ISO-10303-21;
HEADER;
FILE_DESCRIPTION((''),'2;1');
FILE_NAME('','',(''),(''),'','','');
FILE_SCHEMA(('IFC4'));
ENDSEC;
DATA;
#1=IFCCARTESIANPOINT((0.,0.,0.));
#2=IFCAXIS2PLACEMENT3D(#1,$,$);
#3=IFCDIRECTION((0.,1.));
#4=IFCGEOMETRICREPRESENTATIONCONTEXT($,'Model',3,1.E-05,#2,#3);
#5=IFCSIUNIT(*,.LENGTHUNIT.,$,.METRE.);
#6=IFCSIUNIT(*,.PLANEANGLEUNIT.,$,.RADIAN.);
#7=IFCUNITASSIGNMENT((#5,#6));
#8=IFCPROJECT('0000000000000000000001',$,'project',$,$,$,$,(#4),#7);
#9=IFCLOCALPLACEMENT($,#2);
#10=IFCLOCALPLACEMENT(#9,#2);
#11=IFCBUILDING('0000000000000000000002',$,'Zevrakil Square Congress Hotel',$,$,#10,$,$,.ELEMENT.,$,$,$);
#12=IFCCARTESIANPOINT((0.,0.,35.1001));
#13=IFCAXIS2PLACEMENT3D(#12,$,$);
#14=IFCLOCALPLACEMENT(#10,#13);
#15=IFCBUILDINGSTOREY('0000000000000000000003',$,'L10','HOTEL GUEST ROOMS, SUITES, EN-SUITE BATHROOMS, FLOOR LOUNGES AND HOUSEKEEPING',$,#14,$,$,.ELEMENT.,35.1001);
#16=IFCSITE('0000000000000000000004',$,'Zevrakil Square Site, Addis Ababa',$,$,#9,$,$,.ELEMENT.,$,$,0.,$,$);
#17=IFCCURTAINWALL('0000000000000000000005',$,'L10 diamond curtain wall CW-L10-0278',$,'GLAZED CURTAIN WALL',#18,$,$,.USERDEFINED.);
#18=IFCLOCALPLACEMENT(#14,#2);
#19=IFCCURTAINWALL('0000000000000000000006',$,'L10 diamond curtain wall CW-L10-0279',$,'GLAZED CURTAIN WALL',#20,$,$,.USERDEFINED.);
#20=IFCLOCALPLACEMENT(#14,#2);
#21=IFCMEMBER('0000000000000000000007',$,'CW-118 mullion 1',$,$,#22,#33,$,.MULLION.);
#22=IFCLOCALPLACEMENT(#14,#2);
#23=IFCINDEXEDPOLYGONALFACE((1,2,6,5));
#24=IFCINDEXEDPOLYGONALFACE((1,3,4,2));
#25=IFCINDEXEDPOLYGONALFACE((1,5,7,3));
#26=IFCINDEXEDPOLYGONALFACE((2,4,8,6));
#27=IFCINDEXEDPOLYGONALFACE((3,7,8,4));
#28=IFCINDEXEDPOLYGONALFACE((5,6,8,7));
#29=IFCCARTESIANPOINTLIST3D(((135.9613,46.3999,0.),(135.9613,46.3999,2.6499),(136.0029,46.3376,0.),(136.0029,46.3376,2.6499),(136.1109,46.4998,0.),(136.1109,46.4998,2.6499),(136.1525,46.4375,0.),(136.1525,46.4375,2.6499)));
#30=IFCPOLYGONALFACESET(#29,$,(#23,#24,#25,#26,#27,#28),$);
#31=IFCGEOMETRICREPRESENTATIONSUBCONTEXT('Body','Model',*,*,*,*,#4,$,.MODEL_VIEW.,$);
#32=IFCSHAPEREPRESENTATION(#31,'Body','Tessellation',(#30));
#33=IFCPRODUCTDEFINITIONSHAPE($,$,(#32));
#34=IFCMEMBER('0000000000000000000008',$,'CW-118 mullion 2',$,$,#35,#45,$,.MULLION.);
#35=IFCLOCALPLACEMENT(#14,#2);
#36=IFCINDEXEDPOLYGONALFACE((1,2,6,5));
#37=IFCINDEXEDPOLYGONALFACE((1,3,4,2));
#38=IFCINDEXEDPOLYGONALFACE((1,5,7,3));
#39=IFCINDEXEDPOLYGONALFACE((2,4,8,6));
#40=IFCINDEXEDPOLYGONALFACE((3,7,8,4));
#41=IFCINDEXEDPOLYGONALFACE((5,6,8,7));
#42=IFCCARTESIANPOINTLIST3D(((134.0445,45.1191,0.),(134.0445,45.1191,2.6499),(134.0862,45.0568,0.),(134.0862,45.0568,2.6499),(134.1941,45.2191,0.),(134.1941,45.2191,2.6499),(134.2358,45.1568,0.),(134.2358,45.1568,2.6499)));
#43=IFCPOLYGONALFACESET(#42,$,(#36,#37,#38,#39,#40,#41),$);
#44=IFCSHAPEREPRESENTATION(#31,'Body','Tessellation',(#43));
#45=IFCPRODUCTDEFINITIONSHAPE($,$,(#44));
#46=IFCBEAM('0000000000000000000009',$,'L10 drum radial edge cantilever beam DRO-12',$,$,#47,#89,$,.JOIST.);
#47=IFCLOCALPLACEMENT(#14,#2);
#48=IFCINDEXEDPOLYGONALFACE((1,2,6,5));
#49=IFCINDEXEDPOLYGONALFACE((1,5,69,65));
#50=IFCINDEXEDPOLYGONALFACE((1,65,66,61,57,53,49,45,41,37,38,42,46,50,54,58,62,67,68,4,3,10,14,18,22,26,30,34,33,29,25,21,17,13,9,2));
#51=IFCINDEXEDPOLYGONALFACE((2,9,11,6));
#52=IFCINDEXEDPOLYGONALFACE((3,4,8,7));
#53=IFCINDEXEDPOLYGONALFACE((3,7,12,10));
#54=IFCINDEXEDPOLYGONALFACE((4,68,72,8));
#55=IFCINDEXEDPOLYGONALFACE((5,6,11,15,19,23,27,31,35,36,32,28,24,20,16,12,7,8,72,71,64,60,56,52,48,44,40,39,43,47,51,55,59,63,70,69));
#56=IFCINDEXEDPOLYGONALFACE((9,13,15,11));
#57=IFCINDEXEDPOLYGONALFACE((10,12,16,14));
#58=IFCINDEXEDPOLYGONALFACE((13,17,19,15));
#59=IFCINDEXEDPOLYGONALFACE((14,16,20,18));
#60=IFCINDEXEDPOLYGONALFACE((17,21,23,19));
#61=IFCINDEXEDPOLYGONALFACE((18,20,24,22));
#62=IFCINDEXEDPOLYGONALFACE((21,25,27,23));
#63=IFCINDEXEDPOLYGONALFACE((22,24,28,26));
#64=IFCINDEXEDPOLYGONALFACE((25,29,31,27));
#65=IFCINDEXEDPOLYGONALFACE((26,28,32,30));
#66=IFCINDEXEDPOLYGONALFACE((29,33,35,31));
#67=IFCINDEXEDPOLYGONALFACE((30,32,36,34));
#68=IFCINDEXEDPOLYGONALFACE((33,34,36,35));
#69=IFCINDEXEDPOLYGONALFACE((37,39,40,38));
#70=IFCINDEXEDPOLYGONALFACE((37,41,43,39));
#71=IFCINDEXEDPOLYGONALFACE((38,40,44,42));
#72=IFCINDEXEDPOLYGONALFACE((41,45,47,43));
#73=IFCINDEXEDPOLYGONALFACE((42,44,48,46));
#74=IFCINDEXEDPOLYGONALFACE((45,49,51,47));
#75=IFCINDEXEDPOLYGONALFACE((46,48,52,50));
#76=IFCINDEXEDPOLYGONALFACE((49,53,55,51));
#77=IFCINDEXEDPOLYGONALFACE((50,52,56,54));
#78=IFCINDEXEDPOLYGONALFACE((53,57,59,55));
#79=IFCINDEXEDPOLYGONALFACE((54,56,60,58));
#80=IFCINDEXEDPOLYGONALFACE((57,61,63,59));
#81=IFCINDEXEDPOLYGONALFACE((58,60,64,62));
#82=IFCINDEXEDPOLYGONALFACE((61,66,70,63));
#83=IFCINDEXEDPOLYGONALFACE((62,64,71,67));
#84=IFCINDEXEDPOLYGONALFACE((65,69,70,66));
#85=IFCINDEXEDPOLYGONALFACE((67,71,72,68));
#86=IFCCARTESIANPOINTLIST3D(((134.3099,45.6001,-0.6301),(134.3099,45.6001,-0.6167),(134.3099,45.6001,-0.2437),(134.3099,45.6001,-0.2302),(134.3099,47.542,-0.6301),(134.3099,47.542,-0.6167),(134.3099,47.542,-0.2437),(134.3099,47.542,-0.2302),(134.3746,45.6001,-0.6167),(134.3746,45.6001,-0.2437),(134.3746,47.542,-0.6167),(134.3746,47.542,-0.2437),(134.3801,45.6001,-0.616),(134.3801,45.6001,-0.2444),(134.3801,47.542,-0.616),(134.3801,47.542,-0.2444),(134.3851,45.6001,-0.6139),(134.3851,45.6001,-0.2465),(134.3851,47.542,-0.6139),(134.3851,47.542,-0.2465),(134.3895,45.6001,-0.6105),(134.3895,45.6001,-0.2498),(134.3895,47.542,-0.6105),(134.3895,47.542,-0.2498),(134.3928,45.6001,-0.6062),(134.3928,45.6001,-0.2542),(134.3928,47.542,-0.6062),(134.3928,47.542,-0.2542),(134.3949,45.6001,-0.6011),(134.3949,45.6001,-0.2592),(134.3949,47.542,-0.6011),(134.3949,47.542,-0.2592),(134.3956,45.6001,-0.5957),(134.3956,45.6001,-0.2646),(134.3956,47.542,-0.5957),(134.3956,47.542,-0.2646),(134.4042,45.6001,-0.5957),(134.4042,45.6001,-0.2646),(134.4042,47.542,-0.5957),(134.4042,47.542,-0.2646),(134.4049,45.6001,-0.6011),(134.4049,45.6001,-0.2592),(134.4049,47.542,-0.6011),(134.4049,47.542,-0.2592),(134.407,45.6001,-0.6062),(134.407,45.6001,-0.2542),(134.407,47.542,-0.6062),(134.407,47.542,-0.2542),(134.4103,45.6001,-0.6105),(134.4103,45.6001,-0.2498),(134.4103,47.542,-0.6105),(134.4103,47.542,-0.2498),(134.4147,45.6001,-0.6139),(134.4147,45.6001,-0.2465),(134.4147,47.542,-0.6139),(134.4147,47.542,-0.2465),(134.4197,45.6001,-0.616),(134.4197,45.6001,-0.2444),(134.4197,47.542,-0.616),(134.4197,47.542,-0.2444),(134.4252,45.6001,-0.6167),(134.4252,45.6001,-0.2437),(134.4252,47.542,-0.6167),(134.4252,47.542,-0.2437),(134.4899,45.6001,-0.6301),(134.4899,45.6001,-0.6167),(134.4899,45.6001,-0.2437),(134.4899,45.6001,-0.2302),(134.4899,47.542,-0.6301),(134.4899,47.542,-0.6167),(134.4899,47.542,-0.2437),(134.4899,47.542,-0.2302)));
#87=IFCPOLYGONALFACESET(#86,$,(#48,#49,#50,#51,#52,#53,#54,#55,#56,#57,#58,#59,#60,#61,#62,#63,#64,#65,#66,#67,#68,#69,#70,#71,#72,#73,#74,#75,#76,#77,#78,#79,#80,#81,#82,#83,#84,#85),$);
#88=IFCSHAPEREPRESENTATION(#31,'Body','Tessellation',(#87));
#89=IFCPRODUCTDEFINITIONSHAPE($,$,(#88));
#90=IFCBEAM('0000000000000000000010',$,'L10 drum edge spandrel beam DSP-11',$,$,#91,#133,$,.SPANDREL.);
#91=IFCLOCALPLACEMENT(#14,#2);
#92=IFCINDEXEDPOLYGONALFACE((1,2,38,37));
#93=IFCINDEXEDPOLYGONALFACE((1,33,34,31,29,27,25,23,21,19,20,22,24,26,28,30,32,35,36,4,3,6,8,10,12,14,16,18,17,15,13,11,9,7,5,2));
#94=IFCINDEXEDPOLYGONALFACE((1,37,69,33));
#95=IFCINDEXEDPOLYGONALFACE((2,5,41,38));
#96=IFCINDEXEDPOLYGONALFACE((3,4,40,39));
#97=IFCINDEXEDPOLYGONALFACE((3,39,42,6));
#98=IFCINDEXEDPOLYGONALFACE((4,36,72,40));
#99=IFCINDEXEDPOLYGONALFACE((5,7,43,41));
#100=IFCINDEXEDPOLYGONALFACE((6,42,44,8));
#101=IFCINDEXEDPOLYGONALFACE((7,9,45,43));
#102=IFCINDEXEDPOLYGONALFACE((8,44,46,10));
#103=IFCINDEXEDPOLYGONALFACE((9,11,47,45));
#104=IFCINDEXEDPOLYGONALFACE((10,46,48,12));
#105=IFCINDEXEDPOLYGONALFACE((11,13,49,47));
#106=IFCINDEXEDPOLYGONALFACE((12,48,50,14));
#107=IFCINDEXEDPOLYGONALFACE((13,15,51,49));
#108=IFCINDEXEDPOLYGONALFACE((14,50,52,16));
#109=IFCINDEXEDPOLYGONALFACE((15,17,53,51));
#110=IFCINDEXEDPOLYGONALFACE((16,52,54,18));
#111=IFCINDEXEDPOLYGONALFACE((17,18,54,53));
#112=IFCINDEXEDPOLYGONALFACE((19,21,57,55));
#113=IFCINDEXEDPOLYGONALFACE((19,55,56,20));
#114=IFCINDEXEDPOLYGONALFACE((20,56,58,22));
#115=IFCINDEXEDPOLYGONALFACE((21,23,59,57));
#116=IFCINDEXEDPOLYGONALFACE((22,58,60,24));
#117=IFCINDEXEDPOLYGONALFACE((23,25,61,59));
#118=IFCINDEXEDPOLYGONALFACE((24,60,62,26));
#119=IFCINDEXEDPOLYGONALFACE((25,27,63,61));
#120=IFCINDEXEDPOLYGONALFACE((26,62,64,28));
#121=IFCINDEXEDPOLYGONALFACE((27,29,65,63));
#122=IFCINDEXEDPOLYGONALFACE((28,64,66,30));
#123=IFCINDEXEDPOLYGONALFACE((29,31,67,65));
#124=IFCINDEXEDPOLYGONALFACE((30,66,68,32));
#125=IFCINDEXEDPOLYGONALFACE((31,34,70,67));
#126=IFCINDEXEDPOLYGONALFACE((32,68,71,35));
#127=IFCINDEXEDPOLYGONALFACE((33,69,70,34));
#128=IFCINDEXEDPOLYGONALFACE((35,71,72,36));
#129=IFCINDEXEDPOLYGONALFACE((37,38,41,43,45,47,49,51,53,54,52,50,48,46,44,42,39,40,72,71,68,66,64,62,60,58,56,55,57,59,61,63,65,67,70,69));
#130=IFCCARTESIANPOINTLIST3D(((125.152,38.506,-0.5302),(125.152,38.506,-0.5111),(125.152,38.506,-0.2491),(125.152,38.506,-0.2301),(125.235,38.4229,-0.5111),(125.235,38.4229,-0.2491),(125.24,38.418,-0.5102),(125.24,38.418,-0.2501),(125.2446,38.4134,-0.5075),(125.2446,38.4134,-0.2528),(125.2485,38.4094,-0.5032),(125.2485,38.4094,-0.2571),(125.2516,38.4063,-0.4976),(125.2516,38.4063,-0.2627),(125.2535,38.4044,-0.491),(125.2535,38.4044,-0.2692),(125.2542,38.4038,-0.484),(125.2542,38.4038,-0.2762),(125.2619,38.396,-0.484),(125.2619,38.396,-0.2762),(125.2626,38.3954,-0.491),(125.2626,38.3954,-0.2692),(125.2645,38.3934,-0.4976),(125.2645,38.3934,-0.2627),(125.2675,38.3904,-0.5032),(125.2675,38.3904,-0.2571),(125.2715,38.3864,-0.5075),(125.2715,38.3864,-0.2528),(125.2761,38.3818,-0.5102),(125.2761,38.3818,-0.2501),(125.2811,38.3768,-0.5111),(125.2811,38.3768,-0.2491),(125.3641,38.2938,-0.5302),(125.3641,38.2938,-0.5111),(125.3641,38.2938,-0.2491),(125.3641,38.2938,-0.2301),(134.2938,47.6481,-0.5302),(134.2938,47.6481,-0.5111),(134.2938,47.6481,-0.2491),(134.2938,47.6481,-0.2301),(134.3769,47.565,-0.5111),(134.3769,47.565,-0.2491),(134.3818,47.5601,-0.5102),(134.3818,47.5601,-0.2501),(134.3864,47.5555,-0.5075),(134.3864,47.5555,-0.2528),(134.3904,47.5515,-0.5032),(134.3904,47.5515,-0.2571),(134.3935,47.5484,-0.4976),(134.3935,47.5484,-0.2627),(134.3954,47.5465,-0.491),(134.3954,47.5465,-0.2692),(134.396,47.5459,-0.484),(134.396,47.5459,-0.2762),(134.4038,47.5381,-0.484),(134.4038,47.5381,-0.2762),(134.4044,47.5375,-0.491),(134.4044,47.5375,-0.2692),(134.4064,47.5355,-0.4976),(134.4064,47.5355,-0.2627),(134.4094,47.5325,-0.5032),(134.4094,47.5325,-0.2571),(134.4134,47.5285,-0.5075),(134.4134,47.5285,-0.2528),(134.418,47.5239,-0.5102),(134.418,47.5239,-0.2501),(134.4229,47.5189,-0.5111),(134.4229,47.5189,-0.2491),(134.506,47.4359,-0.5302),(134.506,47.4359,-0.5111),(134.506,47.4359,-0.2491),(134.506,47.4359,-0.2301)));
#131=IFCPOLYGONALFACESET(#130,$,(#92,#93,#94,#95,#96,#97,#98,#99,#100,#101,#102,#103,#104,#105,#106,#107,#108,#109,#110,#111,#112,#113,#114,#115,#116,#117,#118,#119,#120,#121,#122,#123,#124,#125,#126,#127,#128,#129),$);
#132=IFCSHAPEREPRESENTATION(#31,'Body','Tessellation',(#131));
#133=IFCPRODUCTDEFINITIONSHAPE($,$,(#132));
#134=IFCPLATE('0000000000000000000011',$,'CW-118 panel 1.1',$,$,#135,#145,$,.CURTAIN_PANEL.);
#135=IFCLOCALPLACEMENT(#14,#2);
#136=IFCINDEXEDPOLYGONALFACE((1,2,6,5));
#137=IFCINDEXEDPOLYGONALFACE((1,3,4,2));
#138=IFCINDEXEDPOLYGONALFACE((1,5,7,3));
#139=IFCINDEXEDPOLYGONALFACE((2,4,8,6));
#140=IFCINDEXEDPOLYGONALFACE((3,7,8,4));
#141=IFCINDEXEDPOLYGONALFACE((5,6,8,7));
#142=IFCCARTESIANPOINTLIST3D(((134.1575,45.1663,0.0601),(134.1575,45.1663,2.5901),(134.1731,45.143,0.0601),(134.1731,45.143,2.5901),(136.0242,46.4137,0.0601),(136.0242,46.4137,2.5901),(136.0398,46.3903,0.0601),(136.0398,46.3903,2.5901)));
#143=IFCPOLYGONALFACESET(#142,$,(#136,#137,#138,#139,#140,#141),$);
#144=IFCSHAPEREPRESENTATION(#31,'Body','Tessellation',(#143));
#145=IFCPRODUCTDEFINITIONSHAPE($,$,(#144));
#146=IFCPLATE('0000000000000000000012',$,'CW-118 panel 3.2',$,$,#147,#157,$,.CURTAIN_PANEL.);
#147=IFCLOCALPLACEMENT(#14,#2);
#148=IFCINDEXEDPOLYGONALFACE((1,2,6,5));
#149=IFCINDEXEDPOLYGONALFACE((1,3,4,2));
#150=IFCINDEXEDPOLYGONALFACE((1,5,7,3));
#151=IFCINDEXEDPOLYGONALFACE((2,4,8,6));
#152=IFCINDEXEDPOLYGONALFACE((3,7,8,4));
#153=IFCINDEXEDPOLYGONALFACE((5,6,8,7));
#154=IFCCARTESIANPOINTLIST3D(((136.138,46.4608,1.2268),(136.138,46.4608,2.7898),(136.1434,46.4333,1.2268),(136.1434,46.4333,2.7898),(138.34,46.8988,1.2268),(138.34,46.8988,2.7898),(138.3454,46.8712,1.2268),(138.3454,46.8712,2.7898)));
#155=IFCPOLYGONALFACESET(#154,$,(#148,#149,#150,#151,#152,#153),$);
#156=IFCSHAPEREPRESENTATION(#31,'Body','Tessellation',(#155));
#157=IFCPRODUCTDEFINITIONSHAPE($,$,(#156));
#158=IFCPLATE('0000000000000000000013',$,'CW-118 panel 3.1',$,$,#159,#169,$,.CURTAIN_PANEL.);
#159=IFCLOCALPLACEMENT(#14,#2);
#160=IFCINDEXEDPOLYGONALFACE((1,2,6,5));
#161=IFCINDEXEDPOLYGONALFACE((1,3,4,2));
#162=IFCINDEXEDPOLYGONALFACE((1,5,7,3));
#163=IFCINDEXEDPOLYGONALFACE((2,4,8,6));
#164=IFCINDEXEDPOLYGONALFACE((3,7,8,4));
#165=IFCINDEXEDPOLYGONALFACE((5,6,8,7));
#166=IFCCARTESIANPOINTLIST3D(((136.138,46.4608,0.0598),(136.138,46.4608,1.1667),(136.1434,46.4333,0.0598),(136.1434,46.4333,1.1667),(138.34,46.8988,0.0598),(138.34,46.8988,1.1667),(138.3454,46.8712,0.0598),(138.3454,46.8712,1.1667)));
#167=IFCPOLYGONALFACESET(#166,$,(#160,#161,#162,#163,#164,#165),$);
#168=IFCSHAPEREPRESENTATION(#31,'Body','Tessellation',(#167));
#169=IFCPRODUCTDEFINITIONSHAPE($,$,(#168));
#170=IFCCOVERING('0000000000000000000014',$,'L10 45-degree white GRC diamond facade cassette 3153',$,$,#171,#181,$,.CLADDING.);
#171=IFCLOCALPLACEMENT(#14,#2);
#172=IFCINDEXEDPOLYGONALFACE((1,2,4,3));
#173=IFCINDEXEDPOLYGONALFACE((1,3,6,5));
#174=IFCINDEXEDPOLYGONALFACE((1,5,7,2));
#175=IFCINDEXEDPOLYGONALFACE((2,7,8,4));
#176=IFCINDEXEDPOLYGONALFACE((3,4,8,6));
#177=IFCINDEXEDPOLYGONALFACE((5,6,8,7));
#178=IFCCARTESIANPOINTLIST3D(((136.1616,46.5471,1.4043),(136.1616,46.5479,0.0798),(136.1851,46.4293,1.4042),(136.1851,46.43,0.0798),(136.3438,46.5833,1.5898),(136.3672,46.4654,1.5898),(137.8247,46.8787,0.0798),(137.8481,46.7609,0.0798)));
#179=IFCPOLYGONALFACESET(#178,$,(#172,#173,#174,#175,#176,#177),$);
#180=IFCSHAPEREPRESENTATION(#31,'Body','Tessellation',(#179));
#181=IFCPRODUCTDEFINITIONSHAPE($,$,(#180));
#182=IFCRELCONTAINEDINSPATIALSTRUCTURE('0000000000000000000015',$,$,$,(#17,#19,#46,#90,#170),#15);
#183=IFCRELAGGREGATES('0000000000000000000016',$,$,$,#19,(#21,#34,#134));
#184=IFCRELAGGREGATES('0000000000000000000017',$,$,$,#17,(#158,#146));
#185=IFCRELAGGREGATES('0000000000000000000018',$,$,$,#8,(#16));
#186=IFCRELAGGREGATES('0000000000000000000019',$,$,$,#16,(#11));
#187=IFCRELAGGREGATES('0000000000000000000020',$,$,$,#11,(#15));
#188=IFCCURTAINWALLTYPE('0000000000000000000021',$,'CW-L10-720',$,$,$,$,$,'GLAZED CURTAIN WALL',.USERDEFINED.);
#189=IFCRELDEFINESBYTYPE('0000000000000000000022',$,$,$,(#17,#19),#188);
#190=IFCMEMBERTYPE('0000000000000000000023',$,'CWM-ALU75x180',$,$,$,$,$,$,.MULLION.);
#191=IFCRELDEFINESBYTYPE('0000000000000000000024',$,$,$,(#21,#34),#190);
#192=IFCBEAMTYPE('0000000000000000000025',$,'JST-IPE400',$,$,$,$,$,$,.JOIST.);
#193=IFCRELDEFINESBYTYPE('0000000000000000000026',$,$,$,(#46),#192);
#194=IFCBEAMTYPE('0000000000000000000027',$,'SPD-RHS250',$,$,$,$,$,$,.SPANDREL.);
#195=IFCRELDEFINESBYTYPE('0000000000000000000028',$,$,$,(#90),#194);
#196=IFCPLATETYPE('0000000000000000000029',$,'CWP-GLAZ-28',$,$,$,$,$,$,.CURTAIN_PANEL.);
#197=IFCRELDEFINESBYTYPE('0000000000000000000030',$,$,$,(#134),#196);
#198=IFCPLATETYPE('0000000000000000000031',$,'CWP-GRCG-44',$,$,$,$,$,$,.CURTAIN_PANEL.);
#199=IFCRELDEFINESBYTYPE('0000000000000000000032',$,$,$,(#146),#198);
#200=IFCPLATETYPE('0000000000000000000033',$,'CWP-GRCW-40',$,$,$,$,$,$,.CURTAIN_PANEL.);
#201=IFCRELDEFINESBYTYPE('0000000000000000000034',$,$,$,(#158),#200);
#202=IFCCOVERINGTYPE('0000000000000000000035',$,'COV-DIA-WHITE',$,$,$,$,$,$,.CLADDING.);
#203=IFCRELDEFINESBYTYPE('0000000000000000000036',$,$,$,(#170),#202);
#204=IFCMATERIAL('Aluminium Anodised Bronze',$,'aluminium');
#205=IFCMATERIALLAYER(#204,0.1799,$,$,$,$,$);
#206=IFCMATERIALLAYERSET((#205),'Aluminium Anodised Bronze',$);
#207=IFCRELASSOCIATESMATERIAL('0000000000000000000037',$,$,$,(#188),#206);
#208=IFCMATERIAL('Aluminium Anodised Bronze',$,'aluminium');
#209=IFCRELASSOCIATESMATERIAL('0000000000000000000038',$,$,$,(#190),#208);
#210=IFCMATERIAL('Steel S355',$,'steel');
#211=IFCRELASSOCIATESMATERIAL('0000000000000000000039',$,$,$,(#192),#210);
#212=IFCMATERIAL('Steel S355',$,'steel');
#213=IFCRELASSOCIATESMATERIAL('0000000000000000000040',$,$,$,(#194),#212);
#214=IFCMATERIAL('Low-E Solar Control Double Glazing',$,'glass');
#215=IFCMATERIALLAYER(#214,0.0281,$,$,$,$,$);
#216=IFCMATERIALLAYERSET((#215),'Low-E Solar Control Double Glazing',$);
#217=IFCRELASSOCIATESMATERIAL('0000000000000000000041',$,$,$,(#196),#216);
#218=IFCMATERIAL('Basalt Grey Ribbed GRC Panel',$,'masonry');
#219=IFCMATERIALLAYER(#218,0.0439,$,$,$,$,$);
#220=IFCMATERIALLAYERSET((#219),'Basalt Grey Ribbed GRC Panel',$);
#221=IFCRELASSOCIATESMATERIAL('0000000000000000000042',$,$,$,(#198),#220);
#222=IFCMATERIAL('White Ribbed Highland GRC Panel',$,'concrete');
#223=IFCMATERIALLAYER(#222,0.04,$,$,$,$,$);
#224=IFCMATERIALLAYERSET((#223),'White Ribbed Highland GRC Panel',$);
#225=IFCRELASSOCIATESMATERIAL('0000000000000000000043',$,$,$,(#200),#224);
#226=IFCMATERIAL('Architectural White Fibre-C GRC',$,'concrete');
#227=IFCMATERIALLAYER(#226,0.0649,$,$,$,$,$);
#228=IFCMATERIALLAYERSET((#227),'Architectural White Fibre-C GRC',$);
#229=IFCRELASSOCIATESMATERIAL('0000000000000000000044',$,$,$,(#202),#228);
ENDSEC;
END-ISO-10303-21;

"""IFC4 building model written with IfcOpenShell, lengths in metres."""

from ifc_helpers import new_model, si_unit, direction, frame, origin, origin_2d, place, context, subcontext, project, spatial, polyline, rectangle, i_section, outline, extrude, material, layer, layer_set, material_profile, profile_set, type_object, element, aggregate, save


model = new_model("IFC4")

# Units and contexts
model_context = context("Model", 3, precision=1e-05, world=origin(), true_north=direction((0.0, 1.0)))
body_context = subcontext(model_context, "Body", "Model", "MODEL_VIEW")
ifc_project = project(units=[si_unit("LENGTHUNIT", "METRE"), si_unit("PLANEANGLEUNIT", "RADIAN")], contexts=[model_context])

# Site, building, storey
site_placement = place(None, origin())
site = spatial("IfcSite", under=ifc_project, at=site_placement, Name="Zevrakil Square Site, Addis Ababa", CompositionType="ELEMENT", RefElevation=0.0)
building_placement = place(site_placement, origin())
building = spatial("IfcBuilding", under=site, at=building_placement, Name="Zevrakil Square Congress Hotel", CompositionType="ELEMENT")
storey_placement = place(building_placement, frame((0.0, 0.0, 35.1001)))
storey = spatial("IfcBuildingStorey", under=building, at=storey_placement, Name="L10", Description="HOTEL GUEST ROOMS, SUITES, EN-SUITE BATHROOMS, FLOOR LOUNGES AND HOUSEKEEPING", CompositionType="ELEMENT", Elevation=35.1001)

# Curtain wall
ifc_material_1 = material(Name="Aluminium Anodised Bronze", Category="aluminium")
ifc_layer_1 = layer(ifc_material_1, 0.1799)
ifc_layer_set_1 = layer_set([ifc_layer_1], Name="Aluminium Anodised Bronze")
curtain_wall_type = type_object("IfcCurtainWallType", Name="CW-L10-720", ElementType="GLAZED CURTAIN WALL", PredefinedType="USERDEFINED", material=ifc_layer_set_1)
curtain_wall_1_placement = place(storey_placement, origin())
curtain_wall_1 = element("IfcCurtainWall", 1, at=curtain_wall_1_placement, inside=storey, type_object=curtain_wall_type, Name="L10 diamond curtain wall CW-L10-0278", ObjectType="GLAZED CURTAIN WALL", PredefinedType="USERDEFINED")

# Curtain wall
curtain_wall_2_placement = place(storey_placement, origin())
curtain_wall_2 = element("IfcCurtainWall", 2, at=curtain_wall_2_placement, inside=storey, type_object=curtain_wall_type, Name="L10 diamond curtain wall CW-L10-0279", ObjectType="GLAZED CURTAIN WALL", PredefinedType="USERDEFINED")

# Members
ifc_material_2 = material(Name="Aluminium Anodised Bronze", Category="aluminium")
ifc_material_profile_1 = material_profile(ifc_material_2, rectangle(XDim=0.075, YDim=0.1799, at=origin_2d()), Name="ALU 75x180")
ifc_profile_set_1 = profile_set([ifc_material_profile_1], Name="Aluminium Anodised Bronze")
member_type_1 = type_object("IfcMemberType", Name="CWM-ALU75x180", PredefinedType="MULLION", material=ifc_profile_set_1)
member_1_placement = place(storey_placement, frame((136.0569, 46.4187, 0.0), z_axis=(0.0, 0.0, 1.0), x_axis=(0.555576, -0.831466, 0.0)))
member_1 = element("IfcMember", 3, at=member_1_placement, type_object=member_type_1, Name="CW-118 mullion 1", PredefinedType="MULLION", context=body_context, shape_type="SweptSolid", body=[
    extrude(rectangle(XDim=0.075, YDim=0.1799, at=origin_2d()), origin(), (0.0, 0.0, 1.0), 2.6499),
])
member_2_placement = place(storey_placement, frame((134.1401, 45.1379, 0.0), z_axis=(0.0, 0.0, 1.0), x_axis=(0.555576, -0.831466, 0.0)))
member_2 = element("IfcMember", 4, at=member_2_placement, type_object=member_type_1, Name="CW-118 mullion 2", PredefinedType="MULLION", context=body_context, shape_type="SweptSolid", body=[
    extrude(rectangle(XDim=0.075, YDim=0.1799, at=origin_2d()), origin(), (0.0, 0.0, 1.0), 2.6499),
])

# Beams
ifc_material_3 = material(Name="Steel S355", Category="steel")
ifc_material_profile_2 = material_profile(ifc_material_3, i_section(OverallWidth=0.1799, OverallDepth=0.3999, WebThickness=0.0085, FlangeThickness=0.0134, FilletRadius=0.021, at=origin_2d()), Name="IPE 400")
ifc_profile_set_2 = profile_set([ifc_material_profile_2], Name="Steel S355")
beam_type_1 = type_object("IfcBeamType", Name="JST-IPE400", PredefinedType="JOIST", material=ifc_profile_set_2)
beam_1_placement = place(storey_placement, frame((134.3999, 45.6001, -0.4302), z_axis=(0.0, 1.0, 0.0), x_axis=(-1.0, 0.0, 0.0)))
element("IfcBeam", 5, at=beam_1_placement, inside=storey, type_object=beam_type_1, Name="L10 drum radial edge cantilever beam DRO-12", PredefinedType="JOIST", context=body_context, shape_type="SweptSolid", body=[
    extrude(i_section(OverallWidth=0.1799, OverallDepth=0.3999, WebThickness=0.0085, FlangeThickness=0.0134, FilletRadius=0.021, at=origin_2d()), origin(), (0.0, 0.0, 1.0), 1.9419),
])
ifc_material_4 = material(Name="Steel S355", Category="steel")
ifc_material_profile_3 = material_profile(ifc_material_4, i_section(OverallWidth=0.3, OverallDepth=0.3, WebThickness=0.011, FlangeThickness=0.019, FilletRadius=0.0271, at=origin_2d()), Name="HEB 300")
ifc_profile_set_3 = profile_set([ifc_material_profile_3], Name="Steel S355")
beam_type_2 = type_object("IfcBeamType", Name="SPD-RHS250", PredefinedType="SPANDREL", material=ifc_profile_set_3)
beam_2_placement = place(storey_placement, frame((134.3999, 47.542, -0.3801), z_axis=(-0.707097, -0.707116, 0.0), x_axis=(0.707116, -0.707097, 0.0)))
element("IfcBeam", 6, at=beam_2_placement, inside=storey, type_object=beam_type_2, Name="L10 drum edge spandrel beam DSP-11", PredefinedType="SPANDREL", context=body_context, shape_type="SweptSolid", body=[
    extrude(i_section(OverallWidth=0.3, OverallDepth=0.3, WebThickness=0.011, FlangeThickness=0.019, FilletRadius=0.0271, at=origin_2d()), origin(), (0.0, 0.0, 1.0), 12.9287),
])

# Plates
ifc_material_5 = material(Name="Low-E Solar Control Double Glazing", Category="glass")
ifc_layer_2 = layer(ifc_material_5, 0.0281)
ifc_layer_set_2 = layer_set([ifc_layer_2], Name="Low-E Solar Control Double Glazing")
plate_type_1 = type_object("IfcPlateType", Name="CWP-GLAZ-28", PredefinedType="CURTAIN_PANEL", material=ifc_layer_set_2)
plate_1_placement = place(storey_placement, frame((135.0986, 45.7783, 0.0601), z_axis=(0.0, 0.0, 1.0), x_axis=(-0.831466, -0.555576, 0.0)))
plate_1 = element("IfcPlate", 7, at=plate_1_placement, type_object=plate_type_1, Name="CW-118 panel 1.1", PredefinedType="CURTAIN_PANEL", context=body_context, shape_type="SweptSolid", body=[
    extrude(rectangle(XDim=2.2451, YDim=0.0281, at=origin_2d()), origin(), (0.0, 0.0, 1.0), 2.53),
])
aggregate(curtain_wall_2, [member_1, member_2, plate_1])
ifc_material_6 = material(Name="Basalt Grey Ribbed GRC Panel", Category="masonry")
ifc_layer_3 = layer(ifc_material_6, 0.0439)
ifc_layer_set_3 = layer_set([ifc_layer_3], Name="Basalt Grey Ribbed GRC Panel")
plate_type_2 = type_object("IfcPlateType", Name="CWP-GRCG-44", PredefinedType="CURTAIN_PANEL", material=ifc_layer_set_3)
plate_2_placement = place(storey_placement, frame((137.2417, 46.666, 1.2268), z_axis=(0.0, 0.0, 1.0), x_axis=(-0.980787, -0.195084, 0.0)))
plate_2 = element("IfcPlate", 8, at=plate_2_placement, type_object=plate_type_2, Name="CW-118 panel 3.2", PredefinedType="CURTAIN_PANEL", context=body_context, shape_type="SweptSolid", body=[
    extrude(rectangle(XDim=2.2451, YDim=0.0281, at=origin_2d()), origin(), (0.0, 0.0, 1.0), 1.563),
])
ifc_material_7 = material(Name="White Ribbed Highland GRC Panel", Category="concrete")
ifc_layer_4 = layer(ifc_material_7, 0.04)
ifc_layer_set_4 = layer_set([ifc_layer_4], Name="White Ribbed Highland GRC Panel")
plate_type_3 = type_object("IfcPlateType", Name="CWP-GRCW-40", PredefinedType="CURTAIN_PANEL", material=ifc_layer_set_4)
plate_3_placement = place(storey_placement, frame((137.2417, 46.666, 0.0598), z_axis=(0.0, 0.0, 1.0), x_axis=(-0.980787, -0.195084, 0.0)))
plate_3 = element("IfcPlate", 9, at=plate_3_placement, type_object=plate_type_3, Name="CW-118 panel 3.1", PredefinedType="CURTAIN_PANEL", context=body_context, shape_type="SweptSolid", body=[
    extrude(rectangle(XDim=2.2451, YDim=0.0281, at=origin_2d()), origin(), (0.0, 0.0, 1.0), 1.1069),
])
aggregate(curtain_wall_1, [plate_3, plate_2])

# Covering
ifc_material_8 = material(Name="Architectural White Fibre-C GRC", Category="concrete")
ifc_layer_5 = layer(ifc_material_8, 0.0649)
ifc_layer_set_5 = layer_set([ifc_layer_5], Name="Architectural White Fibre-C GRC")
covering_type_1 = type_object("IfcCoveringType", Name="COV-DIA-WHITE", PredefinedType="CLADDING", material=ifc_layer_set_5)
covering_1_placement = place(storey_placement, frame((136.3438, 46.5833, 1.5898), z_axis=(-0.195095, 0.980784, 0.000538), x_axis=(-0.693839, -0.137629, -0.706856)))
element("IfcCovering", 10, at=covering_1_placement, inside=storey, type_object=covering_type_1, Name="L10 45-degree white GRC diamond facade cassette 3153", PredefinedType="CLADDING", context=body_context, shape_type="SweptSolid", body=[
    extrude(outline(polyline([(0.0, 0.0), (0.2625, 0.0), (1.1986, -0.937), (-0.0008, -2.1356), (0.0, 0.0)])), origin(), (0.0, 0.0, -1.0), 0.1201),
])

save(model, "model.ifc")
